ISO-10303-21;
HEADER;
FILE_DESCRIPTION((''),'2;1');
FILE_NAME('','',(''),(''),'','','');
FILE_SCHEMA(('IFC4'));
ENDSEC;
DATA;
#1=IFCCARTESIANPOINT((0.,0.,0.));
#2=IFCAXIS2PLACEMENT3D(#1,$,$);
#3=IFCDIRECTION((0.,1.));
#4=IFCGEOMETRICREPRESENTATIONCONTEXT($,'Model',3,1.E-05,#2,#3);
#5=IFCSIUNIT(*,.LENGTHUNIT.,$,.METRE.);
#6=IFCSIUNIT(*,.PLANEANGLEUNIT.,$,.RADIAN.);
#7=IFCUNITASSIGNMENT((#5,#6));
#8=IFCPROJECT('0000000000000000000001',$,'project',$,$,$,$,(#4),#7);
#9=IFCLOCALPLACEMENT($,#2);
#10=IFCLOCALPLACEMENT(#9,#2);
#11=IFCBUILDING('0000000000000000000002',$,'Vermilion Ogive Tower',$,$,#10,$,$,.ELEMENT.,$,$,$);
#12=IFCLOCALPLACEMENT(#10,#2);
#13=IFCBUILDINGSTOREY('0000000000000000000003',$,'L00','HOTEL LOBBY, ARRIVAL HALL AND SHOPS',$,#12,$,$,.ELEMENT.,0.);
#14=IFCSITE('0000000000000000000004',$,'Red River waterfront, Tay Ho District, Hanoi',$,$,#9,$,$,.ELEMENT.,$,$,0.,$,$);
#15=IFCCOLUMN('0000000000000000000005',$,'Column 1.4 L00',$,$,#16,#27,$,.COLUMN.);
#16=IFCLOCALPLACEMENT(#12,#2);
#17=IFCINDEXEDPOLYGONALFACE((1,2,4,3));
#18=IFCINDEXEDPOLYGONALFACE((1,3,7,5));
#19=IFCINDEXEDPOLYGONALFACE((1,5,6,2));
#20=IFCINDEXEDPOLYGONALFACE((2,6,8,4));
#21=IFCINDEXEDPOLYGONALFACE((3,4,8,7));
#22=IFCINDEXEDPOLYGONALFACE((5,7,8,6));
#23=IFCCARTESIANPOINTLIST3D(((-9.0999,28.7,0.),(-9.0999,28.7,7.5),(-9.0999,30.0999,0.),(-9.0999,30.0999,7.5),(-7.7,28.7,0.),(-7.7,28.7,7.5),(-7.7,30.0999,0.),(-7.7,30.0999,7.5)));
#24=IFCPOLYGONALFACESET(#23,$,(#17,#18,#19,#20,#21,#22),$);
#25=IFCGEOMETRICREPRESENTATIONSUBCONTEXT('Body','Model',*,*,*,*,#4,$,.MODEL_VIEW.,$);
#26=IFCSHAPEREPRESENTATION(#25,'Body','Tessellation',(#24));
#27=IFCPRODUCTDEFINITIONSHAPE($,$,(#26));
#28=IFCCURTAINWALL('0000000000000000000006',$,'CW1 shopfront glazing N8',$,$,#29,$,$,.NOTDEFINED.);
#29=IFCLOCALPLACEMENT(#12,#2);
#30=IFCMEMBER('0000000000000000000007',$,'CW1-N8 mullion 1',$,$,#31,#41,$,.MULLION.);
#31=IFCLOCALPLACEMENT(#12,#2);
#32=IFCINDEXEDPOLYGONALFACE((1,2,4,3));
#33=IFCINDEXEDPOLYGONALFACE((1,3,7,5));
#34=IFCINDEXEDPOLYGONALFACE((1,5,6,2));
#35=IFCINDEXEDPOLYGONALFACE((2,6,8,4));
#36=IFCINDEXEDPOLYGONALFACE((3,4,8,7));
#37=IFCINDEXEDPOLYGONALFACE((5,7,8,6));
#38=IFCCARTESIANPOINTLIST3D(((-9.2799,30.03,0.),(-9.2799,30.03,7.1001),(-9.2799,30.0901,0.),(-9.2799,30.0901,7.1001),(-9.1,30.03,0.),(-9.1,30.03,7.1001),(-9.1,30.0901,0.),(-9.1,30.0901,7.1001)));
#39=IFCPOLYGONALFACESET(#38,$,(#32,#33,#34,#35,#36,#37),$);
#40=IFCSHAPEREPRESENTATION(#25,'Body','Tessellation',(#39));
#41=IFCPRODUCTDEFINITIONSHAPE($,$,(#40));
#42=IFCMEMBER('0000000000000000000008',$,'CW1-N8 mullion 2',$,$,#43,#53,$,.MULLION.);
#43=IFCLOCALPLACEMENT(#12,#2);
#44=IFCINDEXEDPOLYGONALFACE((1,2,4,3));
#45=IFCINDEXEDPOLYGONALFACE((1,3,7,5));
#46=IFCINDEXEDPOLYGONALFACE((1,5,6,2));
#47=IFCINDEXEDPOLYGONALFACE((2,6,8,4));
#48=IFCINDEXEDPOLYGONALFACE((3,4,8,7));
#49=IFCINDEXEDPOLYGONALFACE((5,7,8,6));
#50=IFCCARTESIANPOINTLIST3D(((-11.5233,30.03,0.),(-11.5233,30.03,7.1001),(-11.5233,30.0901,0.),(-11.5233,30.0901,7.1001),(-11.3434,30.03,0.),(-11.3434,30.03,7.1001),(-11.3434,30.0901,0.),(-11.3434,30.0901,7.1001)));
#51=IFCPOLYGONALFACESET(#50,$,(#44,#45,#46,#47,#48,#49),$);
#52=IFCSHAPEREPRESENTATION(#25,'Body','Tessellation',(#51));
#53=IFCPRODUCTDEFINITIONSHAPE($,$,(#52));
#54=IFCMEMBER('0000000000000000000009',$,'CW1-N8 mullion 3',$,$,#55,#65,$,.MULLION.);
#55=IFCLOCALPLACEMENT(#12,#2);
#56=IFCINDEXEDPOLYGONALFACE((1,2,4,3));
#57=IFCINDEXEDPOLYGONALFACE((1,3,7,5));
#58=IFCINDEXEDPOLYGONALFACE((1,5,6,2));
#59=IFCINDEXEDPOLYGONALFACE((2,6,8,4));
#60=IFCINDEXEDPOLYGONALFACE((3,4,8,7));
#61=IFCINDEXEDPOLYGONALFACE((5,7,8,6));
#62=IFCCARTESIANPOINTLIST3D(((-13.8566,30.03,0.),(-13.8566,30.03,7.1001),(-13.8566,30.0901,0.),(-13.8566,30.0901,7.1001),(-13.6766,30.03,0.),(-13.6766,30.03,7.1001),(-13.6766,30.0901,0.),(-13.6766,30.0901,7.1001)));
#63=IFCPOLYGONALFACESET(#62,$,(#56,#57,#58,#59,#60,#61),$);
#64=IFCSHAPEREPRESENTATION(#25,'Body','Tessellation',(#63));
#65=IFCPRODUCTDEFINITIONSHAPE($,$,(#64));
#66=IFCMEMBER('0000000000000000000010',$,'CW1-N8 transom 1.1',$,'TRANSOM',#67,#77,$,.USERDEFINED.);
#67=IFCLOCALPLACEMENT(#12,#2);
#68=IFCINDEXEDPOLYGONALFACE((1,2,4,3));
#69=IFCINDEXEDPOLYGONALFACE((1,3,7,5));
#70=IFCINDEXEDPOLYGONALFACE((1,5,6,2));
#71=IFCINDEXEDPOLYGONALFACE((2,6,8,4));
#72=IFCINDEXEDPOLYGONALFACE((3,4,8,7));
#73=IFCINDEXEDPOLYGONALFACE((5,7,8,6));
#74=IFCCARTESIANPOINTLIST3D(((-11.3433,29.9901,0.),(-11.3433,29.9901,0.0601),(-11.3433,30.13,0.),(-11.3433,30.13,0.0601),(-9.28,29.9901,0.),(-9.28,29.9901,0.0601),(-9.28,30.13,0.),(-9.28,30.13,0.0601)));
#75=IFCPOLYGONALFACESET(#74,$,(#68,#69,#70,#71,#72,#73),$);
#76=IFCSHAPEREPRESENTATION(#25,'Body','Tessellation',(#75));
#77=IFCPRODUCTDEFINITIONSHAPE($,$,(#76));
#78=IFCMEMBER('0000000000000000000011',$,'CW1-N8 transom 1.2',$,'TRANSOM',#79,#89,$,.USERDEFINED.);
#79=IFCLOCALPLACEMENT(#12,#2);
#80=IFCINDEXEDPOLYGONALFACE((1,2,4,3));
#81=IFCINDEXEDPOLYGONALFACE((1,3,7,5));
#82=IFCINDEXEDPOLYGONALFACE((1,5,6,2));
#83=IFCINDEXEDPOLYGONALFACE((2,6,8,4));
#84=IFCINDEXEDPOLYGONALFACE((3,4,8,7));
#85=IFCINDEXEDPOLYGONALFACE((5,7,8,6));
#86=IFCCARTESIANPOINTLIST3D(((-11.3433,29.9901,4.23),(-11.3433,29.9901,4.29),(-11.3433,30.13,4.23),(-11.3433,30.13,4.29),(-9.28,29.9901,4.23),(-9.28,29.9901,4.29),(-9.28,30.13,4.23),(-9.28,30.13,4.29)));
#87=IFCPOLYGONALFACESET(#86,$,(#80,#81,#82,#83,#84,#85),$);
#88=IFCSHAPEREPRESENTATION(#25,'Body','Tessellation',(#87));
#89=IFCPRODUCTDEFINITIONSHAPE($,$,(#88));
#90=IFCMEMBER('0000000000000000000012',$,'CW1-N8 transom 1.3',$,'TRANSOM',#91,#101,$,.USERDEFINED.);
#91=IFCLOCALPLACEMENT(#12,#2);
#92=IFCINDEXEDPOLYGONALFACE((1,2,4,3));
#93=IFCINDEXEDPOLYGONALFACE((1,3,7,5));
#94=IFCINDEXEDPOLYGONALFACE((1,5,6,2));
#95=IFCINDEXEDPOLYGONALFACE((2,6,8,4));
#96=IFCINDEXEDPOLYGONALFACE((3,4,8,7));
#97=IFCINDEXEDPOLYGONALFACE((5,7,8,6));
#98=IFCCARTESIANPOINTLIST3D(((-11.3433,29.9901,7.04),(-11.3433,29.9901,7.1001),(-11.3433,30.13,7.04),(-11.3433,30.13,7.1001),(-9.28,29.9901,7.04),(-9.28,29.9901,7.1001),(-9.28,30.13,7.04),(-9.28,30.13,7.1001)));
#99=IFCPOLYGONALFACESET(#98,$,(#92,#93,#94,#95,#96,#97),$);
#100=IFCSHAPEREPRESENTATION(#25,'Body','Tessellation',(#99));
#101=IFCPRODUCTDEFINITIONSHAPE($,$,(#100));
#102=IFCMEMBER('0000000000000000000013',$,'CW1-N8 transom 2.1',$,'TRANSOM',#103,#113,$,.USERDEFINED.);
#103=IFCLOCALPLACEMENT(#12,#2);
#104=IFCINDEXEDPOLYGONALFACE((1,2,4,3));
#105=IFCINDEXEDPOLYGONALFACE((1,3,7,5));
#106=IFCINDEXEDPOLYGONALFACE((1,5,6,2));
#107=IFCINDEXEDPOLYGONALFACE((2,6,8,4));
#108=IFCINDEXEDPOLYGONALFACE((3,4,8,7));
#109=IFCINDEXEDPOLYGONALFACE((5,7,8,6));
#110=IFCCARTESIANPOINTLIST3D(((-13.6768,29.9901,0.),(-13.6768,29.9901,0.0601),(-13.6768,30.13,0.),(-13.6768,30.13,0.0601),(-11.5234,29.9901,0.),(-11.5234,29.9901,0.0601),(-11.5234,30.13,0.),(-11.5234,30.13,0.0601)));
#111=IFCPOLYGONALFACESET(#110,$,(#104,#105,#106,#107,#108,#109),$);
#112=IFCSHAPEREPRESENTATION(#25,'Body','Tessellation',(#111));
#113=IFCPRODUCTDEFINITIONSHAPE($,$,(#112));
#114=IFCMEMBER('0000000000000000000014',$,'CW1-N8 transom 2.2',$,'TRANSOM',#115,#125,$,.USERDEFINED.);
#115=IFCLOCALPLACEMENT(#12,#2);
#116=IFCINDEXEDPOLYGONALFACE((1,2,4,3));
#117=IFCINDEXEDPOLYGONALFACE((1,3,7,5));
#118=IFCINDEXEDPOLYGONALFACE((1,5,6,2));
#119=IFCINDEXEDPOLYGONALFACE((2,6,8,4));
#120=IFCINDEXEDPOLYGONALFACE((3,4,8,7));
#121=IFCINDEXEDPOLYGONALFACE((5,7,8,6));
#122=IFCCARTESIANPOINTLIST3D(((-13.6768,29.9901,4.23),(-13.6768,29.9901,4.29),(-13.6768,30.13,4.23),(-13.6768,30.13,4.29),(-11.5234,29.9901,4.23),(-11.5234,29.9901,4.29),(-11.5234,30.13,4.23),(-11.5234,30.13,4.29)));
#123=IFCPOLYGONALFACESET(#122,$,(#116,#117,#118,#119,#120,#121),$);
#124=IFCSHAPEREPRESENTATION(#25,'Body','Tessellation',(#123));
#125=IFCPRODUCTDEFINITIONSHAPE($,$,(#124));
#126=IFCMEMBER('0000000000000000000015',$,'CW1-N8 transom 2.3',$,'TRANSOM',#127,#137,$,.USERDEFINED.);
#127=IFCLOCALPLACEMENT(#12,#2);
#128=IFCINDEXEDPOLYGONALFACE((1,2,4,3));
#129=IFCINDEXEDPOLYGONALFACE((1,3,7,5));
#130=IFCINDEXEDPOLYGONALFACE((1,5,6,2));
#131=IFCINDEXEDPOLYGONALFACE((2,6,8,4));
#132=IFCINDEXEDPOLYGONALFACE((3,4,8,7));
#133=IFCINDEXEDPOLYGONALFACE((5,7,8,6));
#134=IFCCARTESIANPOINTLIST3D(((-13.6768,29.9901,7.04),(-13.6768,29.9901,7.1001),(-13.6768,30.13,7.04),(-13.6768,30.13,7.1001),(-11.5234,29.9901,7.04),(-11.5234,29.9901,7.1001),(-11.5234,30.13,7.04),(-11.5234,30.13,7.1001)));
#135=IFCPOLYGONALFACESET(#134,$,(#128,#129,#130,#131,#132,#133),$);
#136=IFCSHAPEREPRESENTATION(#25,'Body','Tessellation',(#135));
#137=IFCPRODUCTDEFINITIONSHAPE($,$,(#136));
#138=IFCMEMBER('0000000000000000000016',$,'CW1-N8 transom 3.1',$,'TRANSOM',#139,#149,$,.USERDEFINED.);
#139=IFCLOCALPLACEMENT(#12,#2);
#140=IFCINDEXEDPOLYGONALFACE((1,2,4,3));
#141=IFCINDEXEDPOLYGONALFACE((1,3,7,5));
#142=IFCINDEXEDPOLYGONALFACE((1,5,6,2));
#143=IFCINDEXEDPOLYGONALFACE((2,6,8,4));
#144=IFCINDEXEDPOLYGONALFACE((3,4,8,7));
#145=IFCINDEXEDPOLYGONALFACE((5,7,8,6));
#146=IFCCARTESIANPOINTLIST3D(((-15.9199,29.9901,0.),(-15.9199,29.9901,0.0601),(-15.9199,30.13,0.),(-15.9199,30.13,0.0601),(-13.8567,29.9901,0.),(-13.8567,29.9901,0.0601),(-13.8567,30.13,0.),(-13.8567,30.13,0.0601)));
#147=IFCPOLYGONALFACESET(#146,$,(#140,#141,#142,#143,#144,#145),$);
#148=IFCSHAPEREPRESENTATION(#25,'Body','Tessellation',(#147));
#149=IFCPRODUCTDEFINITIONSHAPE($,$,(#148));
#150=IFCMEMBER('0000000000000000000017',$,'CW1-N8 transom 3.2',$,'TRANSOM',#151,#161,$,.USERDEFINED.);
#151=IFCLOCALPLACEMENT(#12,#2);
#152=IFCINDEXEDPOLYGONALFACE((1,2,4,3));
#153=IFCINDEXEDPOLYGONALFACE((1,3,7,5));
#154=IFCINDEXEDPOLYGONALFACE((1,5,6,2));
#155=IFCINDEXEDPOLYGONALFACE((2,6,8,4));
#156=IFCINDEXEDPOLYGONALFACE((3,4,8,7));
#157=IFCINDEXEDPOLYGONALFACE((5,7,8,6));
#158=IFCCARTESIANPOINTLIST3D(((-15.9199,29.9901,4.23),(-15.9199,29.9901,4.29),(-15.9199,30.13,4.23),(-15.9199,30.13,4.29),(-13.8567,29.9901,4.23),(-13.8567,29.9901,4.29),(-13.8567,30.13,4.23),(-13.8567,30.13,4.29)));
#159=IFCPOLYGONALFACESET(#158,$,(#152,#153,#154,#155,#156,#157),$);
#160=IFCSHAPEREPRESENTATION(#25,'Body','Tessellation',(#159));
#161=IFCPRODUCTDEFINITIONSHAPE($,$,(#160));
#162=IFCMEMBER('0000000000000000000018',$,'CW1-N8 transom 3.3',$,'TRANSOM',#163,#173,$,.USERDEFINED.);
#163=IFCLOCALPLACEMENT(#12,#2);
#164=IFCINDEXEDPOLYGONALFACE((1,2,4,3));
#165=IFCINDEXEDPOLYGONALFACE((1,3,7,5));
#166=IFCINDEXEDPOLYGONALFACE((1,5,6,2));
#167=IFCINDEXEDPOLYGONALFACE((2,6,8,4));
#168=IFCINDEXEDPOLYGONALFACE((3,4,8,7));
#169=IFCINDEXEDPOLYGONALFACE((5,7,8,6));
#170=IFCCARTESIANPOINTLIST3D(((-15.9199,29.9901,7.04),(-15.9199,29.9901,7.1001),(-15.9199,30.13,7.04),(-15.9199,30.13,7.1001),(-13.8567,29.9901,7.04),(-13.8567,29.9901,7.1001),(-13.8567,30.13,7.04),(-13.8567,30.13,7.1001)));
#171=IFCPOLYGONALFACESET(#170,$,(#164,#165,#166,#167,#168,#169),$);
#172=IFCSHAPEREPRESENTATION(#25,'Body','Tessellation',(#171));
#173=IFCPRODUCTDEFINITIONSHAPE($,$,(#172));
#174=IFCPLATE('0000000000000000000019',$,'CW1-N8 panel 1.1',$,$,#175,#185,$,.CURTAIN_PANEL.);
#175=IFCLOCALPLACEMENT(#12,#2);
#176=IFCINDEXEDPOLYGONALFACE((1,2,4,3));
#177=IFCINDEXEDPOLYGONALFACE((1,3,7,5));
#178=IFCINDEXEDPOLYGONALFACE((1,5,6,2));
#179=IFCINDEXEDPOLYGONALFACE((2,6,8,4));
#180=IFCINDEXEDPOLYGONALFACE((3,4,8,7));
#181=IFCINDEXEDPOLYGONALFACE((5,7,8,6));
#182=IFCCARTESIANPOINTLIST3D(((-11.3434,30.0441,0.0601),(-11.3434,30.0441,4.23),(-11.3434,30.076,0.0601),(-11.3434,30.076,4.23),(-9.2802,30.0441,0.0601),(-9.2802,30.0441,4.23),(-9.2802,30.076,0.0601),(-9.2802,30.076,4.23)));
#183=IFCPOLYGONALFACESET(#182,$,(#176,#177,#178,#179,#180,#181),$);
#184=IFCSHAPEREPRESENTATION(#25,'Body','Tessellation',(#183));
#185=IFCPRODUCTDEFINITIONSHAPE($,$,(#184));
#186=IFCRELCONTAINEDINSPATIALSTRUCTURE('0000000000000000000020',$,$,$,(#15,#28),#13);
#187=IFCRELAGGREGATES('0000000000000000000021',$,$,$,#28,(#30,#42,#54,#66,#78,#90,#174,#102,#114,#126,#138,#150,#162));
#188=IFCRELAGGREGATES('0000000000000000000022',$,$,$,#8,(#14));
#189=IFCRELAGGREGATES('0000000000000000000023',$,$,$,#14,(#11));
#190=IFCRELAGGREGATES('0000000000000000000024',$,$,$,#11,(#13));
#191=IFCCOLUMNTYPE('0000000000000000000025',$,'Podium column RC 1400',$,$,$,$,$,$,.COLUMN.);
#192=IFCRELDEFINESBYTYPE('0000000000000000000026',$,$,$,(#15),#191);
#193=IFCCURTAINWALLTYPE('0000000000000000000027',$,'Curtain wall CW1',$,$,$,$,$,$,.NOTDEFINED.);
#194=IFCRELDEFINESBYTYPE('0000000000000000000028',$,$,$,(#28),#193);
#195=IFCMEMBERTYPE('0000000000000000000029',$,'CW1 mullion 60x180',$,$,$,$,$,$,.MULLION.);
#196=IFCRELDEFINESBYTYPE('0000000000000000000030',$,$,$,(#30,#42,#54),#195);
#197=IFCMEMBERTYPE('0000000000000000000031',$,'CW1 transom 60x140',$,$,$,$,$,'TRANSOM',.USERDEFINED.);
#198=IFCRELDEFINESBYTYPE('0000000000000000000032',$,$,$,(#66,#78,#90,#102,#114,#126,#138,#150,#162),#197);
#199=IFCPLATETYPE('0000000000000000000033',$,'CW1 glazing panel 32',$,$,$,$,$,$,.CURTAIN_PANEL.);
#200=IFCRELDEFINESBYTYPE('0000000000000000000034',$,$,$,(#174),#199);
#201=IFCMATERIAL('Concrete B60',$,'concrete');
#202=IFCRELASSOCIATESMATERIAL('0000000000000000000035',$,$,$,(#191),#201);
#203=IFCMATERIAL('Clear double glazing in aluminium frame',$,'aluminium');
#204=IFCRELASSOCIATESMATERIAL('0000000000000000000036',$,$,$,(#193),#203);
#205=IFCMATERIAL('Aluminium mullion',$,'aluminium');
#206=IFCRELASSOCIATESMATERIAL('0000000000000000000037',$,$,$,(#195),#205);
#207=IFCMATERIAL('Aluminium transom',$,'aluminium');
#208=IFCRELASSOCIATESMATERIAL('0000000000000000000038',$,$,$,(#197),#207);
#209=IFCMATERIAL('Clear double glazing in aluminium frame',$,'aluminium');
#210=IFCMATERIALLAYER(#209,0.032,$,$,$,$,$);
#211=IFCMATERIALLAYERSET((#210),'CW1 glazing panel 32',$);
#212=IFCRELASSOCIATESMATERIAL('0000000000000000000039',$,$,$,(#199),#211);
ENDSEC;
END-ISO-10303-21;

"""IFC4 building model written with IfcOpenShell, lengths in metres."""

from ifc_helpers import new_model, si_unit, direction, frame, origin, origin_2d, place, context, subcontext, project, spatial, rectangle, extrude, material, layer, layer_set, material_profile, profile_set, type_object, element, aggregate, save


model = new_model("IFC4")

# Units and contexts
model_context = context("Model", 3, precision=1e-05, world=origin(), true_north=direction((0.0, 1.0)))
body_context = subcontext(model_context, "Body", "Model", "MODEL_VIEW")
ifc_project = project(units=[si_unit("LENGTHUNIT", "METRE"), si_unit("PLANEANGLEUNIT", "RADIAN")], contexts=[model_context])

# Site, building, storey
site_placement = place(None, origin())
site = spatial("IfcSite", under=ifc_project, at=site_placement, Name="Red River waterfront, Tay Ho District, Hanoi", CompositionType="ELEMENT", RefElevation=0.0)
building_placement = place(site_placement, origin())
building = spatial("IfcBuilding", under=site, at=building_placement, Name="Vermilion Ogive Tower", CompositionType="ELEMENT")
storey_placement = place(building_placement, origin())
storey = spatial("IfcBuildingStorey", under=building, at=storey_placement, Name="L00", Description="HOTEL LOBBY, ARRIVAL HALL AND SHOPS", CompositionType="ELEMENT", Elevation=0.0)

# Column
ifc_material_1 = material(Name="Concrete B60", Category="concrete")
ifc_material_profile_1 = material_profile(ifc_material_1, rectangle(XDim=1.3999, YDim=1.3999, at=origin_2d()), Name="RC 1400x1400")
ifc_profile_set_1 = profile_set([ifc_material_profile_1], Name="Concrete B60")
column_type = type_object("IfcColumnType", Name="Podium column RC 1400", PredefinedType="COLUMN", material=ifc_profile_set_1)
column_placement = place(storey_placement, frame((-8.3999, 29.3999, 0.0), z_axis=(0.0, 0.0, 1.0), x_axis=(1.0, 0.0, 0.0)))
element("IfcColumn", 1, at=column_placement, inside=storey, type_object=column_type, Name="Column 1.4 L00", PredefinedType="COLUMN", context=body_context, shape_type="SweptSolid", body=[
    extrude(rectangle(XDim=1.3999, YDim=1.3999, at=origin_2d()), origin(), (0.0, 0.0, 1.0), 7.5),
])

# Curtain wall, members, plate
ifc_material_2 = material(Name="Clear double glazing in aluminium frame", Category="aluminium")
curtain_wall_type = type_object("IfcCurtainWallType", Name="Curtain wall CW1", PredefinedType="NOTDEFINED", material=ifc_material_2)
curtain_wall_placement = place(storey_placement, origin())
curtain_wall = element("IfcCurtainWall", 2, at=curtain_wall_placement, inside=storey, type_object=curtain_wall_type, Name="CW1 shopfront glazing N8", PredefinedType="NOTDEFINED")
ifc_material_3 = material(Name="Aluminium mullion", Category="aluminium")
ifc_material_profile_2 = material_profile(ifc_material_3, rectangle(XDim=0.0601, YDim=0.1799, at=origin_2d()), Name="AL 60x180")
ifc_profile_set_2 = profile_set([ifc_material_profile_2], Name="Aluminium mullion")
member_type_1 = type_object("IfcMemberType", Name="CW1 mullion 60x180", PredefinedType="MULLION", material=ifc_profile_set_2)
member_1_placement = place(storey_placement, frame((-9.1899, 30.0601, 0.0), z_axis=(0.0, 0.0, 1.0), x_axis=(0.0, -1.0, 0.0)))
member_1 = element("IfcMember", 3, at=member_1_placement, type_object=member_type_1, Name="CW1-N8 mullion 1", PredefinedType="MULLION", context=body_context, shape_type="SweptSolid", body=[
    extrude(rectangle(XDim=0.0601, YDim=0.1799, at=origin_2d()), origin(), (0.0, 0.0, 1.0), 7.1001),
])
member_2_placement = place(storey_placement, frame((-11.4333, 30.0601, 0.0), z_axis=(0.0, 0.0, 1.0), x_axis=(0.0, -1.0, 0.0)))
member_2 = element("IfcMember", 4, at=member_2_placement, type_object=member_type_1, Name="CW1-N8 mullion 2", PredefinedType="MULLION", context=body_context, shape_type="SweptSolid", body=[
    extrude(rectangle(XDim=0.0601, YDim=0.1799, at=origin_2d()), origin(), (0.0, 0.0, 1.0), 7.1001),
])
member_3_placement = place(storey_placement, frame((-13.7666, 30.0601, 0.0), z_axis=(0.0, 0.0, 1.0), x_axis=(0.0, -1.0, 0.0)))
member_3 = element("IfcMember", 5, at=member_3_placement, type_object=member_type_1, Name="CW1-N8 mullion 3", PredefinedType="MULLION", context=body_context, shape_type="SweptSolid", body=[
    extrude(rectangle(XDim=0.0601, YDim=0.1799, at=origin_2d()), origin(), (0.0, 0.0, 1.0), 7.1001),
])
ifc_material_4 = material(Name="Aluminium transom", Category="aluminium")
ifc_material_profile_3 = material_profile(ifc_material_4, rectangle(XDim=0.1399, YDim=0.0601, at=origin_2d()), Name="AL 60x140")
ifc_profile_set_3 = profile_set([ifc_material_profile_3], Name="Aluminium transom")
member_type_2 = type_object("IfcMemberType", Name="CW1 transom 60x140", ElementType="TRANSOM", PredefinedType="USERDEFINED", material=ifc_profile_set_3)
member_4_placement = place(storey_placement, frame((-9.28, 30.0601, 0.03), z_axis=(-1.0, 0.0, 0.0), x_axis=(0.0, -1.0, 0.0)))
member_4 = element("IfcMember", 6, at=member_4_placement, type_object=member_type_2, Name="CW1-N8 transom 1.1", ObjectType="TRANSOM", PredefinedType="USERDEFINED", context=body_context, shape_type="SweptSolid", body=[
    extrude(rectangle(XDim=0.1399, YDim=0.0601, at=origin_2d()), origin(), (0.0, 0.0, 1.0), 2.0632),
])
member_5_placement = place(storey_placement, frame((-9.28, 30.0601, 4.26), z_axis=(-1.0, 0.0, 0.0), x_axis=(0.0, -1.0, 0.0)))
member_5 = element("IfcMember", 7, at=member_5_placement, type_object=member_type_2, Name="CW1-N8 transom 1.2", ObjectType="TRANSOM", PredefinedType="USERDEFINED", context=body_context, shape_type="SweptSolid", body=[
    extrude(rectangle(XDim=0.1399, YDim=0.0601, at=origin_2d()), origin(), (0.0, 0.0, 1.0), 2.0632),
])
member_6_placement = place(storey_placement, frame((-9.28, 30.0601, 7.0701), z_axis=(-1.0, 0.0, 0.0), x_axis=(0.0, -1.0, 0.0)))
member_6 = element("IfcMember", 8, at=member_6_placement, type_object=member_type_2, Name="CW1-N8 transom 1.3", ObjectType="TRANSOM", PredefinedType="USERDEFINED", context=body_context, shape_type="SweptSolid", body=[
    extrude(rectangle(XDim=0.1399, YDim=0.0601, at=origin_2d()), origin(), (0.0, 0.0, 1.0), 2.0632),
])
member_7_placement = place(storey_placement, frame((-11.5234, 30.0601, 0.03), z_axis=(-1.0, 0.0, 0.0), x_axis=(0.0, -1.0, 0.0)))
member_7 = element("IfcMember", 9, at=member_7_placement, type_object=member_type_2, Name="CW1-N8 transom 2.1", ObjectType="TRANSOM", PredefinedType="USERDEFINED", context=body_context, shape_type="SweptSolid", body=[
    extrude(rectangle(XDim=0.1399, YDim=0.0601, at=origin_2d()), origin(), (0.0, 0.0, 1.0), 2.1533),
])
member_8_placement = place(storey_placement, frame((-11.5234, 30.0601, 4.26), z_axis=(-1.0, 0.0, 0.0), x_axis=(0.0, -1.0, 0.0)))
member_8 = element("IfcMember", 10, at=member_8_placement, type_object=member_type_2, Name="CW1-N8 transom 2.2", ObjectType="TRANSOM", PredefinedType="USERDEFINED", context=body_context, shape_type="SweptSolid", body=[
    extrude(rectangle(XDim=0.1399, YDim=0.0601, at=origin_2d()), origin(), (0.0, 0.0, 1.0), 2.1533),
])
member_9_placement = place(storey_placement, frame((-11.5234, 30.0601, 7.0701), z_axis=(-1.0, 0.0, 0.0), x_axis=(0.0, -1.0, 0.0)))
member_9 = element("IfcMember", 11, at=member_9_placement, type_object=member_type_2, Name="CW1-N8 transom 2.3", ObjectType="TRANSOM", PredefinedType="USERDEFINED", context=body_context, shape_type="SweptSolid", body=[
    extrude(rectangle(XDim=0.1399, YDim=0.0601, at=origin_2d()), origin(), (0.0, 0.0, 1.0), 2.1533),
])
member_10_placement = place(storey_placement, frame((-13.8567, 30.0601, 0.03), z_axis=(-1.0, 0.0, 0.0), x_axis=(0.0, -1.0, 0.0)))
member_10 = element("IfcMember", 12, at=member_10_placement, type_object=member_type_2, Name="CW1-N8 transom 3.1", ObjectType="TRANSOM", PredefinedType="USERDEFINED", context=body_context, shape_type="SweptSolid", body=[
    extrude(rectangle(XDim=0.1399, YDim=0.0601, at=origin_2d()), origin(), (0.0, 0.0, 1.0), 2.0632),
])
member_11_placement = place(storey_placement, frame((-13.8567, 30.0601, 4.26), z_axis=(-1.0, 0.0, 0.0), x_axis=(0.0, -1.0, 0.0)))
member_11 = element("IfcMember", 13, at=member_11_placement, type_object=member_type_2, Name="CW1-N8 transom 3.2", ObjectType="TRANSOM", PredefinedType="USERDEFINED", context=body_context, shape_type="SweptSolid", body=[
    extrude(rectangle(XDim=0.1399, YDim=0.0601, at=origin_2d()), origin(), (0.0, 0.0, 1.0), 2.0632),
])
member_12_placement = place(storey_placement, frame((-13.8567, 30.0601, 7.0701), z_axis=(-1.0, 0.0, 0.0), x_axis=(0.0, -1.0, 0.0)))
member_12 = element("IfcMember", 14, at=member_12_placement, type_object=member_type_2, Name="CW1-N8 transom 3.3", ObjectType="TRANSOM", PredefinedType="USERDEFINED", context=body_context, shape_type="SweptSolid", body=[
    extrude(rectangle(XDim=0.1399, YDim=0.0601, at=origin_2d()), origin(), (0.0, 0.0, 1.0), 2.0632),
])
ifc_material_5 = material(Name="Clear double glazing in aluminium frame", Category="aluminium")
ifc_layer_1 = layer(ifc_material_5, 0.032)
ifc_layer_set_1 = layer_set([ifc_layer_1], Name="CW1 glazing panel 32")
plate_type = type_object("IfcPlateType", Name="CW1 glazing panel 32", PredefinedType="CURTAIN_PANEL", material=ifc_layer_set_1)
plate_1_placement = place(storey_placement, frame((-10.3118, 30.0601, 0.0601), z_axis=(0.0, 0.0, 1.0), x_axis=(-1.0, 0.0, 0.0)))
plate_1 = element("IfcPlate", 15, at=plate_1_placement, type_object=plate_type, Name="CW1-N8 panel 1.1", PredefinedType="CURTAIN_PANEL", context=body_context, shape_type="SweptSolid", body=[
    extrude(rectangle(XDim=2.0632, YDim=0.032, at=origin_2d()), origin(), (0.0, 0.0, 1.0), 4.1699),
])
aggregate(curtain_wall, [member_1, member_2, member_3, member_4, member_5, member_6, plate_1, member_7, member_8, member_9, member_10, member_11, member_12])

save(model, "model.ifc")
